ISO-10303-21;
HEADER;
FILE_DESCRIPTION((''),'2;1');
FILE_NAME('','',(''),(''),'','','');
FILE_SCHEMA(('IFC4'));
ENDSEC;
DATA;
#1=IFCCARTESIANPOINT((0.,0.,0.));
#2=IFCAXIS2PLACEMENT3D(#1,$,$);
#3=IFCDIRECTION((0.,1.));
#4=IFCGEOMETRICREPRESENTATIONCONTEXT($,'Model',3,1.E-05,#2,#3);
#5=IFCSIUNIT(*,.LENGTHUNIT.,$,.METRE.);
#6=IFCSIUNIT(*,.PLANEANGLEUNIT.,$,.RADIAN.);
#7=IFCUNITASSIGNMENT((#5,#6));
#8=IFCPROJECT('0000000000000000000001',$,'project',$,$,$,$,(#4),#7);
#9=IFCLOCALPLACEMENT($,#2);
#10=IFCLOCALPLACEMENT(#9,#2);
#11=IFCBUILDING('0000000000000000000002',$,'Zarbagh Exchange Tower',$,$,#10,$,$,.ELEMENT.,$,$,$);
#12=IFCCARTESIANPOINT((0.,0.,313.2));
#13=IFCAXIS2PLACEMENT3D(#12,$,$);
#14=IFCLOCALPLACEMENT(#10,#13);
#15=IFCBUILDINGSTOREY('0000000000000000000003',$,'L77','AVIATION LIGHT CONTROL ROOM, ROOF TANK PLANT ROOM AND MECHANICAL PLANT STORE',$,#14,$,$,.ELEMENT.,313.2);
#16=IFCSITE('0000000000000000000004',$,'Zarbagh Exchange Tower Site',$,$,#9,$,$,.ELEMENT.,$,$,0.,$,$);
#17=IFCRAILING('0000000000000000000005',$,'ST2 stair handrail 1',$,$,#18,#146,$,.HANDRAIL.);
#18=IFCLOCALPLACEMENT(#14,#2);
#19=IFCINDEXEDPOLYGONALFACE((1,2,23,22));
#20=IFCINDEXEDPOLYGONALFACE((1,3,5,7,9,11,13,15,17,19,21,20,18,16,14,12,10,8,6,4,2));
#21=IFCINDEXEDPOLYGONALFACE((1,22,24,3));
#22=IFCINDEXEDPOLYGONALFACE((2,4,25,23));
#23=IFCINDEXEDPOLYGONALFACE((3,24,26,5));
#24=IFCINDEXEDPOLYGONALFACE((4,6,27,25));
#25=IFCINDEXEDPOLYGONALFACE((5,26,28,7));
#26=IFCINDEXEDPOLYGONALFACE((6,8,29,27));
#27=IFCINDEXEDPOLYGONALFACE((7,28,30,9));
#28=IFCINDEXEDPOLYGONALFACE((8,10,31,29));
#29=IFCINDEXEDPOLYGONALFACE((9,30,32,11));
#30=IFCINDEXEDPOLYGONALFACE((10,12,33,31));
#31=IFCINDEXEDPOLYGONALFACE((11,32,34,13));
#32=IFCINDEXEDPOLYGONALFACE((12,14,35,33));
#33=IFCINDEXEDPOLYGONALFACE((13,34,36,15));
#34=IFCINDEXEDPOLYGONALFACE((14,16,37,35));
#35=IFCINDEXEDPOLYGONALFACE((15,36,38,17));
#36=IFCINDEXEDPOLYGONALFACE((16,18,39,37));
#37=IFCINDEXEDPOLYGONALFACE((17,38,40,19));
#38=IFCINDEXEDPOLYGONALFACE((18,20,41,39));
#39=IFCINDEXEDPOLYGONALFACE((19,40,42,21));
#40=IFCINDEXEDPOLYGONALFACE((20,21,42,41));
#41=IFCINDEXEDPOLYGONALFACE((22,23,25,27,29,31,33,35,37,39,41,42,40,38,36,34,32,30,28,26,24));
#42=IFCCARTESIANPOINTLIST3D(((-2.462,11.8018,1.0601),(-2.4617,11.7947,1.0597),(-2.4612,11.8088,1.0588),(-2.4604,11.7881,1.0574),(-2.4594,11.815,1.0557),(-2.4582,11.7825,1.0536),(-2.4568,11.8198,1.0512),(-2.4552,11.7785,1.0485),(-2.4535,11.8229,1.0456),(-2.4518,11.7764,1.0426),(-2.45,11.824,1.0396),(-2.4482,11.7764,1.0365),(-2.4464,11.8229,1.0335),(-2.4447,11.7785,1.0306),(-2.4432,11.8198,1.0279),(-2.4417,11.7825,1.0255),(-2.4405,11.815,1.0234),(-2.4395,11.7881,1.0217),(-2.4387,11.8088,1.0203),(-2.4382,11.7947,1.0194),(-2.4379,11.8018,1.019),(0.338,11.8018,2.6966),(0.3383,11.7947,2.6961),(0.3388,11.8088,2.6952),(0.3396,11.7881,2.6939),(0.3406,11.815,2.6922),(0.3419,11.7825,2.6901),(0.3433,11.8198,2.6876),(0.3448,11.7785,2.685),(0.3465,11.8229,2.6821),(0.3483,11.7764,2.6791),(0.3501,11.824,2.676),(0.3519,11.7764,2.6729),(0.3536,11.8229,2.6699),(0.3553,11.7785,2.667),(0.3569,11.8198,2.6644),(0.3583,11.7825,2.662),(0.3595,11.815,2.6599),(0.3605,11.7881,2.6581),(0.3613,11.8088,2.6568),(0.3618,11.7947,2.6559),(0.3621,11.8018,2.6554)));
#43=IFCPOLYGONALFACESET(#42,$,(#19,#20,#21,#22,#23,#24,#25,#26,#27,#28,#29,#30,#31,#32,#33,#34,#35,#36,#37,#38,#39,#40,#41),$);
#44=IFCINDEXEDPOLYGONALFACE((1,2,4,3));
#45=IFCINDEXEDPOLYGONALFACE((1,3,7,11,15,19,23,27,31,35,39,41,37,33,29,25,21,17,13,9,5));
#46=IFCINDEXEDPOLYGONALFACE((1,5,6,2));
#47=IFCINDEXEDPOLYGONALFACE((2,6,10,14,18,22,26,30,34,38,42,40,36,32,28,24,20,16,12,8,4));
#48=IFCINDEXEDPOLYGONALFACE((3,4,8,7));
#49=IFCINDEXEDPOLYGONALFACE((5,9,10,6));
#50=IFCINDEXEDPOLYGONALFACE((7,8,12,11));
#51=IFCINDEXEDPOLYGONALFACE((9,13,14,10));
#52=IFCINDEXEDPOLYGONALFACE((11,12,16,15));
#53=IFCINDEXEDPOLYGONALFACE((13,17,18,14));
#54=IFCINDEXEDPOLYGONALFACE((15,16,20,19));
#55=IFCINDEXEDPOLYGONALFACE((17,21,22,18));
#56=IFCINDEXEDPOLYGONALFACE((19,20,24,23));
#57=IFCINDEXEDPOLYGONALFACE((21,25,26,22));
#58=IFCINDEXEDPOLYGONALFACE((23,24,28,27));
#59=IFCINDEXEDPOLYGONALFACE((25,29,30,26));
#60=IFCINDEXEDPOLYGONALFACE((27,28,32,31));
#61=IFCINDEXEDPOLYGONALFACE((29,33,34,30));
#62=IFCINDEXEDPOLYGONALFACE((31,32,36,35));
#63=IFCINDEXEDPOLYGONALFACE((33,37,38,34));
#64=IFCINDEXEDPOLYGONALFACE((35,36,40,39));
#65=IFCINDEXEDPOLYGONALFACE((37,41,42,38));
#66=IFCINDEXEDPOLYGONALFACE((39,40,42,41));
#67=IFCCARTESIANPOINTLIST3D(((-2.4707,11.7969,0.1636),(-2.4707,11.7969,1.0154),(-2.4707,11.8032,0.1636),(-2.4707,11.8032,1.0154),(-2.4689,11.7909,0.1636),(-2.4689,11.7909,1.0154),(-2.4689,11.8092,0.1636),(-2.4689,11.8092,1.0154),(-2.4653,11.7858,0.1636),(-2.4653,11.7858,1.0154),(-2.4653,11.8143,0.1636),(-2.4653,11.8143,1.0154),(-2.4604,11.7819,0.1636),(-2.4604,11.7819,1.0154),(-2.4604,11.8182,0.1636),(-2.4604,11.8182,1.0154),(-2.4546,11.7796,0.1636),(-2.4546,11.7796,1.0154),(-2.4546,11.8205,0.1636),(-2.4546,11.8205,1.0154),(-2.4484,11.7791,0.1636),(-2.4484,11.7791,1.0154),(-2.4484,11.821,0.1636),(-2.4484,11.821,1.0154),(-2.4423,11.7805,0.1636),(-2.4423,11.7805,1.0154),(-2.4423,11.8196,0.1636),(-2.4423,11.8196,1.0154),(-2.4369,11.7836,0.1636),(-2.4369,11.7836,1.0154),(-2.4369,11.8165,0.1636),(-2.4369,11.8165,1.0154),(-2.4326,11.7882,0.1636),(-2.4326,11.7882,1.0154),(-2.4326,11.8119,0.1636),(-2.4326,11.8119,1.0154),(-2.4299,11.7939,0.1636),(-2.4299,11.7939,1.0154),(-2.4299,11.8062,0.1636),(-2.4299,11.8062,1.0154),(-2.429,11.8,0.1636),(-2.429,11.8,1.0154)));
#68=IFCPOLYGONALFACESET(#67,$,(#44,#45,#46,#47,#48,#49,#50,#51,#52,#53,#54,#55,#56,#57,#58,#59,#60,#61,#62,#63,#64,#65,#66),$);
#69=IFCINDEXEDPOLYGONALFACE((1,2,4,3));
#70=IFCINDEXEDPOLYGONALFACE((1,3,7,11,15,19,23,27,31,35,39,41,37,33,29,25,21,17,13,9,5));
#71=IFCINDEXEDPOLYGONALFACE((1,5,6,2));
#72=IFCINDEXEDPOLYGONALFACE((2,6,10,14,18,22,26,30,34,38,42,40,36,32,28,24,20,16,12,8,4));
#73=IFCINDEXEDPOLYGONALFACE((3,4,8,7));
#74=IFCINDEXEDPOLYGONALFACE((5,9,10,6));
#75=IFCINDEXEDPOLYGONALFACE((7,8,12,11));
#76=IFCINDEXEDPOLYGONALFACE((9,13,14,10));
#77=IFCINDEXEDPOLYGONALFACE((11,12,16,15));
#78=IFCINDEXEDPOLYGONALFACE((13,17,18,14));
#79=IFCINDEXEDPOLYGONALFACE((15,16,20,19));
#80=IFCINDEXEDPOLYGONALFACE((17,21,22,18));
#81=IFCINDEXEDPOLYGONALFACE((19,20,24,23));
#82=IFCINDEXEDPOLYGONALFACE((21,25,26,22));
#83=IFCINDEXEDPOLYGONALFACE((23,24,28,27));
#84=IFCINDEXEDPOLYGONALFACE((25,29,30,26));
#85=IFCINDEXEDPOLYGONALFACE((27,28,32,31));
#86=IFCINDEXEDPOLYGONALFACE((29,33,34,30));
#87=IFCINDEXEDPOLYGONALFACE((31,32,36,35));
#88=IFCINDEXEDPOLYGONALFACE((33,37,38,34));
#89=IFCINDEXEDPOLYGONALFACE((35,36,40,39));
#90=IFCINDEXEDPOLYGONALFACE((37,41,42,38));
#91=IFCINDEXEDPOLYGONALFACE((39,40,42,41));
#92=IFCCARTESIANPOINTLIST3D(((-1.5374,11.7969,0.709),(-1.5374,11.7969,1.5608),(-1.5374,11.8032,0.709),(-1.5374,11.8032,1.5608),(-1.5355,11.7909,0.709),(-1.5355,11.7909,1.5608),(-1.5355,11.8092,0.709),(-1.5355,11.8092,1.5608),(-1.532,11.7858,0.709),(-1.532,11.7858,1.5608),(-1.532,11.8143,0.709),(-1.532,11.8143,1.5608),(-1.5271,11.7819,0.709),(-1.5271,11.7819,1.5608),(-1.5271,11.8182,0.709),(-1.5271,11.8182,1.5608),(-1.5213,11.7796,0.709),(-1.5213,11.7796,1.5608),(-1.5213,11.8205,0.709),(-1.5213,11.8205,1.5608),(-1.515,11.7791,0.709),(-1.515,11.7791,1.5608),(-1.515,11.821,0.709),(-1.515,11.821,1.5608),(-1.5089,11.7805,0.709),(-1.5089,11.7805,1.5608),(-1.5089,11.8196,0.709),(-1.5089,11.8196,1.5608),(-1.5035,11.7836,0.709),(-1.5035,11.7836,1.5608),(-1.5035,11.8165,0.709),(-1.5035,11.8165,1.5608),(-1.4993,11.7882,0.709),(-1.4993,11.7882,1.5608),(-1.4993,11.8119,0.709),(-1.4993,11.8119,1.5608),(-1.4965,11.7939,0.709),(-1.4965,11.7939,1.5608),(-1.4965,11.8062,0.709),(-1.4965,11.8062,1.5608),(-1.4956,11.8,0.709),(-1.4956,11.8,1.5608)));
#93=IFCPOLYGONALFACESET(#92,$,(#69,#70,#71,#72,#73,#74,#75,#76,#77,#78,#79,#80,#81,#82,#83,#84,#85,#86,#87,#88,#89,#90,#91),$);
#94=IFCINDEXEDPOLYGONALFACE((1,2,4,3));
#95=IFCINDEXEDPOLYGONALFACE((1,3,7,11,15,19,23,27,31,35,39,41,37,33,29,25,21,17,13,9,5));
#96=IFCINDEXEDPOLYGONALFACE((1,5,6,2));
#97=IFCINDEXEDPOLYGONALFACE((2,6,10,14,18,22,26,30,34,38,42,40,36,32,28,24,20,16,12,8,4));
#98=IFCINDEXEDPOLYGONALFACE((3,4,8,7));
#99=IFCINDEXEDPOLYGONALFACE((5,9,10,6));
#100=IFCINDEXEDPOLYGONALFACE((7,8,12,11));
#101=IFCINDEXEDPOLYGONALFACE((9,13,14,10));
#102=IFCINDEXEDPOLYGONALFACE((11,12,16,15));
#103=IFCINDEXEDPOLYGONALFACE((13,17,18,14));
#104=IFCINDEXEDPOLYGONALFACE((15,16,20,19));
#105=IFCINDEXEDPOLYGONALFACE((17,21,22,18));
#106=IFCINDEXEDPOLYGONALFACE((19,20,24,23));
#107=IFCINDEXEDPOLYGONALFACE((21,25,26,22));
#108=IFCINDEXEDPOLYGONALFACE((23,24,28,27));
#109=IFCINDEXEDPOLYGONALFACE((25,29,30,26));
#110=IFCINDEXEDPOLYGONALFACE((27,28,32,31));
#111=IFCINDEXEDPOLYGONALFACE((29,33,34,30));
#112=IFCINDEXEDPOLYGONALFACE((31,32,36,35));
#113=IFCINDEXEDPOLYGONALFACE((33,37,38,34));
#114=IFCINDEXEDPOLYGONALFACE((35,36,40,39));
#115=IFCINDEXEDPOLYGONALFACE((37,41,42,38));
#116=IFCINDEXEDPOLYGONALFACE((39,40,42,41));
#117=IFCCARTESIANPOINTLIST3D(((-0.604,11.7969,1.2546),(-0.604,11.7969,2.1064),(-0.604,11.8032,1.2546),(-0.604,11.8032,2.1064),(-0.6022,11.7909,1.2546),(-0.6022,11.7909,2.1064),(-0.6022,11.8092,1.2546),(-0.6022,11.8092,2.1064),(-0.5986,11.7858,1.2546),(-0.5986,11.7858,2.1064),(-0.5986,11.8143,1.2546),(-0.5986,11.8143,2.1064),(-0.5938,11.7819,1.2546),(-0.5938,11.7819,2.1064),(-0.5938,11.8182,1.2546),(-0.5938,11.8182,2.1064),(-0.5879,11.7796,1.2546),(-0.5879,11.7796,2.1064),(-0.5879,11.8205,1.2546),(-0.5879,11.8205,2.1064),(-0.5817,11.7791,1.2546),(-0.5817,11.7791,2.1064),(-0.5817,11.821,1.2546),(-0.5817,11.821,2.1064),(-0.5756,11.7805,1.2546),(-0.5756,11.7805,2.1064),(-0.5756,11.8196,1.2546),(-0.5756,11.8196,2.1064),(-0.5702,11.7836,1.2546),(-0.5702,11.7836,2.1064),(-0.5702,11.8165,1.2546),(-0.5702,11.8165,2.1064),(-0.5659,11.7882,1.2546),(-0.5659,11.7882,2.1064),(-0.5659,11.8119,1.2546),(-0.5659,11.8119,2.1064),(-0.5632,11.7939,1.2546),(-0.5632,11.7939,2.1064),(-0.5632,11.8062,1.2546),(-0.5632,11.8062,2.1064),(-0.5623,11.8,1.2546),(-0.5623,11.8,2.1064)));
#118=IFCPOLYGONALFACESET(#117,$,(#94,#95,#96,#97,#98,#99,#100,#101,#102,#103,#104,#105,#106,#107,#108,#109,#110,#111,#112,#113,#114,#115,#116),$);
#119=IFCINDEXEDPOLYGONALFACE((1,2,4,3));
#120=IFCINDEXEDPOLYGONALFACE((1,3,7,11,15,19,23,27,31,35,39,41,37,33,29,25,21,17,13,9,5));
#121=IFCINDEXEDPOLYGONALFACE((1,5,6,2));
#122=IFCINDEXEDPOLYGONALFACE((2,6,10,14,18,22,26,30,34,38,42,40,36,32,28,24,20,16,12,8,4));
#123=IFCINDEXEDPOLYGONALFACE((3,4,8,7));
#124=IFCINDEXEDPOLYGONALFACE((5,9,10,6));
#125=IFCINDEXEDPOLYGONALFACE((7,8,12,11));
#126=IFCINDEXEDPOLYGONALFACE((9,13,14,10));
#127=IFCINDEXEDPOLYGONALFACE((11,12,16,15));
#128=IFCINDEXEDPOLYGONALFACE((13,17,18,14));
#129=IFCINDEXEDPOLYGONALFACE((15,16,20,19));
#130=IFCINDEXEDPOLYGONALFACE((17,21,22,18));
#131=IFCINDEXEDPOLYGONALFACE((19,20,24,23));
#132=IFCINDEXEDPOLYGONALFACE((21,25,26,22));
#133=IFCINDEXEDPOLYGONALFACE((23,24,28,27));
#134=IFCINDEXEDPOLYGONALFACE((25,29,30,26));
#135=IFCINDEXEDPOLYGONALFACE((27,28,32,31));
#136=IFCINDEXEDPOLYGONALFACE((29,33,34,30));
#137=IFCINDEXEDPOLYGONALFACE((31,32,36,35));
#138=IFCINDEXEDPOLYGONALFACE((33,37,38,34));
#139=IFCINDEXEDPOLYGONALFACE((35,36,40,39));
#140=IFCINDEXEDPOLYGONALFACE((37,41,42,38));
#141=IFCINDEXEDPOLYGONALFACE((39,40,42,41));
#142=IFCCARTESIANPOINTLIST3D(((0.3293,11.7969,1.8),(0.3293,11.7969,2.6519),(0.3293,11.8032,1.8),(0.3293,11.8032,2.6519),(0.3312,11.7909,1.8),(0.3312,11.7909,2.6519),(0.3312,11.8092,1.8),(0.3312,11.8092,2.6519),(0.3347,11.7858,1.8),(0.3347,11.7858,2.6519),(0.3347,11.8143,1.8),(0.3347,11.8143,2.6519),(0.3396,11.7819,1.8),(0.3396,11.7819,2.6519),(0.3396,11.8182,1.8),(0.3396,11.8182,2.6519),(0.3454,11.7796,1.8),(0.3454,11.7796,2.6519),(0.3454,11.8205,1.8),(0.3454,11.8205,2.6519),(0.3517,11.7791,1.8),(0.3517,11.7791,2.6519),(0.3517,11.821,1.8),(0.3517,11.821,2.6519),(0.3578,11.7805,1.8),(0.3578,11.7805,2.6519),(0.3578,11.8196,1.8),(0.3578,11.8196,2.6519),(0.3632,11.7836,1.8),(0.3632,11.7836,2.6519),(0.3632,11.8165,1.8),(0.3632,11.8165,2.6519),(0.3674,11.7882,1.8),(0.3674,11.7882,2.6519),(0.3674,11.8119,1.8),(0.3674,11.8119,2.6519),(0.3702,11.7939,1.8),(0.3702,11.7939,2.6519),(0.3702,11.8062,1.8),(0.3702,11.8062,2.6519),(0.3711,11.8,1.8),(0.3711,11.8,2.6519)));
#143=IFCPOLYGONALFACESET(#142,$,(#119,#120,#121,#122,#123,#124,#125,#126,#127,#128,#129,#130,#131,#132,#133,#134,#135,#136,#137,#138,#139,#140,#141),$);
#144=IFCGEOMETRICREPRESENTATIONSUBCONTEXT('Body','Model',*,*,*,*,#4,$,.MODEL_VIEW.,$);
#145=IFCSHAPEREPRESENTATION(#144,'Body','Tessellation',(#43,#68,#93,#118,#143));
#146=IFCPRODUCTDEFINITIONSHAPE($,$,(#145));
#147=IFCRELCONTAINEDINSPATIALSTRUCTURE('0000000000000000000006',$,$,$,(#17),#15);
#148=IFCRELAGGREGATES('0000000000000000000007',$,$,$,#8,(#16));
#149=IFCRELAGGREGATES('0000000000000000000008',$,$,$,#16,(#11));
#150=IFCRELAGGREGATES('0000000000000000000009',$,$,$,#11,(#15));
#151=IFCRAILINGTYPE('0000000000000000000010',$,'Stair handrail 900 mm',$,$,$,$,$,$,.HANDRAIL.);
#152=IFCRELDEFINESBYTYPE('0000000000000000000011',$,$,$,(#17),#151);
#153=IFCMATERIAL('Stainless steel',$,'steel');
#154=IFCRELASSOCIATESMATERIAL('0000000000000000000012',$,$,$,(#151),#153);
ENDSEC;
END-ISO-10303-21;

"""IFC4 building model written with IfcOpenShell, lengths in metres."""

from ifc_helpers import new_model, si_unit, direction, frame, origin, origin_2d, place, context, subcontext, project, spatial, circle, extrude, material, type_object, element, save


model = new_model("IFC4")

# Units and contexts
model_context = context("Model", 3, precision=1e-05, world=origin(), true_north=direction((0.0, 1.0)))
body_context = subcontext(model_context, "Body", "Model", "MODEL_VIEW")
ifc_project = project(units=[si_unit("LENGTHUNIT", "METRE"), si_unit("PLANEANGLEUNIT", "RADIAN")], contexts=[model_context])

# Site, building, storey
site_placement = place(None, origin())
site = spatial("IfcSite", under=ifc_project, at=site_placement, Name="Zarbagh Exchange Tower Site", CompositionType="ELEMENT", RefElevation=0.0)
building_placement = place(site_placement, origin())
building = spatial("IfcBuilding", under=site, at=building_placement, Name="Zarbagh Exchange Tower", CompositionType="ELEMENT")
storey_placement = place(building_placement, frame((0.0, 0.0, 313.2)))
storey = spatial("IfcBuildingStorey", under=building, at=storey_placement, Name="L77", Description="AVIATION LIGHT CONTROL ROOM, ROOF TANK PLANT ROOM AND MECHANICAL PLANT STORE", CompositionType="ELEMENT", Elevation=313.2)

# Railing
ifc_material_1 = material(Name="Stainless steel", Category="steel")
railing_type_1 = type_object("IfcRailingType", Name="Stair handrail 900 mm", PredefinedType="HANDRAIL", material=ifc_material_1)
railing_1_placement = place(storey_placement, frame((-2.45, 11.8, 0.1636)))
element("IfcRailing", 1, at=railing_1_placement, inside=storey, type_object=railing_type_1, Name="ST2 stair handrail 1", PredefinedType="HANDRAIL", context=body_context, shape_type="SweptSolid", body=[
    extrude(circle(Radius=0.0239, at=origin_2d()), frame((0.0, 0.0, 0.876), z_axis=(0.863361, 0.0, 0.504587), x_axis=(0.0, 1.0, 0.0)), (0.0, 0.0, 1.0), 3.2432),
    extrude(circle(Radius=0.021, at=origin_2d()), origin(), (0.0, 0.0, 1.0), 0.8518),
    extrude(circle(Radius=0.021, at=origin_2d()), frame((0.9333, 0.0, 0.5454)), (0.0, 0.0, 1.0), 0.8518),
    extrude(circle(Radius=0.021, at=origin_2d()), frame((1.8667, 0.0, 1.0911)), (0.0, 0.0, 1.0), 0.8518),
    extrude(circle(Radius=0.021, at=origin_2d()), frame((2.8, 0.0, 1.6365)), (0.0, 0.0, 1.0), 0.8518),
])

save(model, "model.ifc")
